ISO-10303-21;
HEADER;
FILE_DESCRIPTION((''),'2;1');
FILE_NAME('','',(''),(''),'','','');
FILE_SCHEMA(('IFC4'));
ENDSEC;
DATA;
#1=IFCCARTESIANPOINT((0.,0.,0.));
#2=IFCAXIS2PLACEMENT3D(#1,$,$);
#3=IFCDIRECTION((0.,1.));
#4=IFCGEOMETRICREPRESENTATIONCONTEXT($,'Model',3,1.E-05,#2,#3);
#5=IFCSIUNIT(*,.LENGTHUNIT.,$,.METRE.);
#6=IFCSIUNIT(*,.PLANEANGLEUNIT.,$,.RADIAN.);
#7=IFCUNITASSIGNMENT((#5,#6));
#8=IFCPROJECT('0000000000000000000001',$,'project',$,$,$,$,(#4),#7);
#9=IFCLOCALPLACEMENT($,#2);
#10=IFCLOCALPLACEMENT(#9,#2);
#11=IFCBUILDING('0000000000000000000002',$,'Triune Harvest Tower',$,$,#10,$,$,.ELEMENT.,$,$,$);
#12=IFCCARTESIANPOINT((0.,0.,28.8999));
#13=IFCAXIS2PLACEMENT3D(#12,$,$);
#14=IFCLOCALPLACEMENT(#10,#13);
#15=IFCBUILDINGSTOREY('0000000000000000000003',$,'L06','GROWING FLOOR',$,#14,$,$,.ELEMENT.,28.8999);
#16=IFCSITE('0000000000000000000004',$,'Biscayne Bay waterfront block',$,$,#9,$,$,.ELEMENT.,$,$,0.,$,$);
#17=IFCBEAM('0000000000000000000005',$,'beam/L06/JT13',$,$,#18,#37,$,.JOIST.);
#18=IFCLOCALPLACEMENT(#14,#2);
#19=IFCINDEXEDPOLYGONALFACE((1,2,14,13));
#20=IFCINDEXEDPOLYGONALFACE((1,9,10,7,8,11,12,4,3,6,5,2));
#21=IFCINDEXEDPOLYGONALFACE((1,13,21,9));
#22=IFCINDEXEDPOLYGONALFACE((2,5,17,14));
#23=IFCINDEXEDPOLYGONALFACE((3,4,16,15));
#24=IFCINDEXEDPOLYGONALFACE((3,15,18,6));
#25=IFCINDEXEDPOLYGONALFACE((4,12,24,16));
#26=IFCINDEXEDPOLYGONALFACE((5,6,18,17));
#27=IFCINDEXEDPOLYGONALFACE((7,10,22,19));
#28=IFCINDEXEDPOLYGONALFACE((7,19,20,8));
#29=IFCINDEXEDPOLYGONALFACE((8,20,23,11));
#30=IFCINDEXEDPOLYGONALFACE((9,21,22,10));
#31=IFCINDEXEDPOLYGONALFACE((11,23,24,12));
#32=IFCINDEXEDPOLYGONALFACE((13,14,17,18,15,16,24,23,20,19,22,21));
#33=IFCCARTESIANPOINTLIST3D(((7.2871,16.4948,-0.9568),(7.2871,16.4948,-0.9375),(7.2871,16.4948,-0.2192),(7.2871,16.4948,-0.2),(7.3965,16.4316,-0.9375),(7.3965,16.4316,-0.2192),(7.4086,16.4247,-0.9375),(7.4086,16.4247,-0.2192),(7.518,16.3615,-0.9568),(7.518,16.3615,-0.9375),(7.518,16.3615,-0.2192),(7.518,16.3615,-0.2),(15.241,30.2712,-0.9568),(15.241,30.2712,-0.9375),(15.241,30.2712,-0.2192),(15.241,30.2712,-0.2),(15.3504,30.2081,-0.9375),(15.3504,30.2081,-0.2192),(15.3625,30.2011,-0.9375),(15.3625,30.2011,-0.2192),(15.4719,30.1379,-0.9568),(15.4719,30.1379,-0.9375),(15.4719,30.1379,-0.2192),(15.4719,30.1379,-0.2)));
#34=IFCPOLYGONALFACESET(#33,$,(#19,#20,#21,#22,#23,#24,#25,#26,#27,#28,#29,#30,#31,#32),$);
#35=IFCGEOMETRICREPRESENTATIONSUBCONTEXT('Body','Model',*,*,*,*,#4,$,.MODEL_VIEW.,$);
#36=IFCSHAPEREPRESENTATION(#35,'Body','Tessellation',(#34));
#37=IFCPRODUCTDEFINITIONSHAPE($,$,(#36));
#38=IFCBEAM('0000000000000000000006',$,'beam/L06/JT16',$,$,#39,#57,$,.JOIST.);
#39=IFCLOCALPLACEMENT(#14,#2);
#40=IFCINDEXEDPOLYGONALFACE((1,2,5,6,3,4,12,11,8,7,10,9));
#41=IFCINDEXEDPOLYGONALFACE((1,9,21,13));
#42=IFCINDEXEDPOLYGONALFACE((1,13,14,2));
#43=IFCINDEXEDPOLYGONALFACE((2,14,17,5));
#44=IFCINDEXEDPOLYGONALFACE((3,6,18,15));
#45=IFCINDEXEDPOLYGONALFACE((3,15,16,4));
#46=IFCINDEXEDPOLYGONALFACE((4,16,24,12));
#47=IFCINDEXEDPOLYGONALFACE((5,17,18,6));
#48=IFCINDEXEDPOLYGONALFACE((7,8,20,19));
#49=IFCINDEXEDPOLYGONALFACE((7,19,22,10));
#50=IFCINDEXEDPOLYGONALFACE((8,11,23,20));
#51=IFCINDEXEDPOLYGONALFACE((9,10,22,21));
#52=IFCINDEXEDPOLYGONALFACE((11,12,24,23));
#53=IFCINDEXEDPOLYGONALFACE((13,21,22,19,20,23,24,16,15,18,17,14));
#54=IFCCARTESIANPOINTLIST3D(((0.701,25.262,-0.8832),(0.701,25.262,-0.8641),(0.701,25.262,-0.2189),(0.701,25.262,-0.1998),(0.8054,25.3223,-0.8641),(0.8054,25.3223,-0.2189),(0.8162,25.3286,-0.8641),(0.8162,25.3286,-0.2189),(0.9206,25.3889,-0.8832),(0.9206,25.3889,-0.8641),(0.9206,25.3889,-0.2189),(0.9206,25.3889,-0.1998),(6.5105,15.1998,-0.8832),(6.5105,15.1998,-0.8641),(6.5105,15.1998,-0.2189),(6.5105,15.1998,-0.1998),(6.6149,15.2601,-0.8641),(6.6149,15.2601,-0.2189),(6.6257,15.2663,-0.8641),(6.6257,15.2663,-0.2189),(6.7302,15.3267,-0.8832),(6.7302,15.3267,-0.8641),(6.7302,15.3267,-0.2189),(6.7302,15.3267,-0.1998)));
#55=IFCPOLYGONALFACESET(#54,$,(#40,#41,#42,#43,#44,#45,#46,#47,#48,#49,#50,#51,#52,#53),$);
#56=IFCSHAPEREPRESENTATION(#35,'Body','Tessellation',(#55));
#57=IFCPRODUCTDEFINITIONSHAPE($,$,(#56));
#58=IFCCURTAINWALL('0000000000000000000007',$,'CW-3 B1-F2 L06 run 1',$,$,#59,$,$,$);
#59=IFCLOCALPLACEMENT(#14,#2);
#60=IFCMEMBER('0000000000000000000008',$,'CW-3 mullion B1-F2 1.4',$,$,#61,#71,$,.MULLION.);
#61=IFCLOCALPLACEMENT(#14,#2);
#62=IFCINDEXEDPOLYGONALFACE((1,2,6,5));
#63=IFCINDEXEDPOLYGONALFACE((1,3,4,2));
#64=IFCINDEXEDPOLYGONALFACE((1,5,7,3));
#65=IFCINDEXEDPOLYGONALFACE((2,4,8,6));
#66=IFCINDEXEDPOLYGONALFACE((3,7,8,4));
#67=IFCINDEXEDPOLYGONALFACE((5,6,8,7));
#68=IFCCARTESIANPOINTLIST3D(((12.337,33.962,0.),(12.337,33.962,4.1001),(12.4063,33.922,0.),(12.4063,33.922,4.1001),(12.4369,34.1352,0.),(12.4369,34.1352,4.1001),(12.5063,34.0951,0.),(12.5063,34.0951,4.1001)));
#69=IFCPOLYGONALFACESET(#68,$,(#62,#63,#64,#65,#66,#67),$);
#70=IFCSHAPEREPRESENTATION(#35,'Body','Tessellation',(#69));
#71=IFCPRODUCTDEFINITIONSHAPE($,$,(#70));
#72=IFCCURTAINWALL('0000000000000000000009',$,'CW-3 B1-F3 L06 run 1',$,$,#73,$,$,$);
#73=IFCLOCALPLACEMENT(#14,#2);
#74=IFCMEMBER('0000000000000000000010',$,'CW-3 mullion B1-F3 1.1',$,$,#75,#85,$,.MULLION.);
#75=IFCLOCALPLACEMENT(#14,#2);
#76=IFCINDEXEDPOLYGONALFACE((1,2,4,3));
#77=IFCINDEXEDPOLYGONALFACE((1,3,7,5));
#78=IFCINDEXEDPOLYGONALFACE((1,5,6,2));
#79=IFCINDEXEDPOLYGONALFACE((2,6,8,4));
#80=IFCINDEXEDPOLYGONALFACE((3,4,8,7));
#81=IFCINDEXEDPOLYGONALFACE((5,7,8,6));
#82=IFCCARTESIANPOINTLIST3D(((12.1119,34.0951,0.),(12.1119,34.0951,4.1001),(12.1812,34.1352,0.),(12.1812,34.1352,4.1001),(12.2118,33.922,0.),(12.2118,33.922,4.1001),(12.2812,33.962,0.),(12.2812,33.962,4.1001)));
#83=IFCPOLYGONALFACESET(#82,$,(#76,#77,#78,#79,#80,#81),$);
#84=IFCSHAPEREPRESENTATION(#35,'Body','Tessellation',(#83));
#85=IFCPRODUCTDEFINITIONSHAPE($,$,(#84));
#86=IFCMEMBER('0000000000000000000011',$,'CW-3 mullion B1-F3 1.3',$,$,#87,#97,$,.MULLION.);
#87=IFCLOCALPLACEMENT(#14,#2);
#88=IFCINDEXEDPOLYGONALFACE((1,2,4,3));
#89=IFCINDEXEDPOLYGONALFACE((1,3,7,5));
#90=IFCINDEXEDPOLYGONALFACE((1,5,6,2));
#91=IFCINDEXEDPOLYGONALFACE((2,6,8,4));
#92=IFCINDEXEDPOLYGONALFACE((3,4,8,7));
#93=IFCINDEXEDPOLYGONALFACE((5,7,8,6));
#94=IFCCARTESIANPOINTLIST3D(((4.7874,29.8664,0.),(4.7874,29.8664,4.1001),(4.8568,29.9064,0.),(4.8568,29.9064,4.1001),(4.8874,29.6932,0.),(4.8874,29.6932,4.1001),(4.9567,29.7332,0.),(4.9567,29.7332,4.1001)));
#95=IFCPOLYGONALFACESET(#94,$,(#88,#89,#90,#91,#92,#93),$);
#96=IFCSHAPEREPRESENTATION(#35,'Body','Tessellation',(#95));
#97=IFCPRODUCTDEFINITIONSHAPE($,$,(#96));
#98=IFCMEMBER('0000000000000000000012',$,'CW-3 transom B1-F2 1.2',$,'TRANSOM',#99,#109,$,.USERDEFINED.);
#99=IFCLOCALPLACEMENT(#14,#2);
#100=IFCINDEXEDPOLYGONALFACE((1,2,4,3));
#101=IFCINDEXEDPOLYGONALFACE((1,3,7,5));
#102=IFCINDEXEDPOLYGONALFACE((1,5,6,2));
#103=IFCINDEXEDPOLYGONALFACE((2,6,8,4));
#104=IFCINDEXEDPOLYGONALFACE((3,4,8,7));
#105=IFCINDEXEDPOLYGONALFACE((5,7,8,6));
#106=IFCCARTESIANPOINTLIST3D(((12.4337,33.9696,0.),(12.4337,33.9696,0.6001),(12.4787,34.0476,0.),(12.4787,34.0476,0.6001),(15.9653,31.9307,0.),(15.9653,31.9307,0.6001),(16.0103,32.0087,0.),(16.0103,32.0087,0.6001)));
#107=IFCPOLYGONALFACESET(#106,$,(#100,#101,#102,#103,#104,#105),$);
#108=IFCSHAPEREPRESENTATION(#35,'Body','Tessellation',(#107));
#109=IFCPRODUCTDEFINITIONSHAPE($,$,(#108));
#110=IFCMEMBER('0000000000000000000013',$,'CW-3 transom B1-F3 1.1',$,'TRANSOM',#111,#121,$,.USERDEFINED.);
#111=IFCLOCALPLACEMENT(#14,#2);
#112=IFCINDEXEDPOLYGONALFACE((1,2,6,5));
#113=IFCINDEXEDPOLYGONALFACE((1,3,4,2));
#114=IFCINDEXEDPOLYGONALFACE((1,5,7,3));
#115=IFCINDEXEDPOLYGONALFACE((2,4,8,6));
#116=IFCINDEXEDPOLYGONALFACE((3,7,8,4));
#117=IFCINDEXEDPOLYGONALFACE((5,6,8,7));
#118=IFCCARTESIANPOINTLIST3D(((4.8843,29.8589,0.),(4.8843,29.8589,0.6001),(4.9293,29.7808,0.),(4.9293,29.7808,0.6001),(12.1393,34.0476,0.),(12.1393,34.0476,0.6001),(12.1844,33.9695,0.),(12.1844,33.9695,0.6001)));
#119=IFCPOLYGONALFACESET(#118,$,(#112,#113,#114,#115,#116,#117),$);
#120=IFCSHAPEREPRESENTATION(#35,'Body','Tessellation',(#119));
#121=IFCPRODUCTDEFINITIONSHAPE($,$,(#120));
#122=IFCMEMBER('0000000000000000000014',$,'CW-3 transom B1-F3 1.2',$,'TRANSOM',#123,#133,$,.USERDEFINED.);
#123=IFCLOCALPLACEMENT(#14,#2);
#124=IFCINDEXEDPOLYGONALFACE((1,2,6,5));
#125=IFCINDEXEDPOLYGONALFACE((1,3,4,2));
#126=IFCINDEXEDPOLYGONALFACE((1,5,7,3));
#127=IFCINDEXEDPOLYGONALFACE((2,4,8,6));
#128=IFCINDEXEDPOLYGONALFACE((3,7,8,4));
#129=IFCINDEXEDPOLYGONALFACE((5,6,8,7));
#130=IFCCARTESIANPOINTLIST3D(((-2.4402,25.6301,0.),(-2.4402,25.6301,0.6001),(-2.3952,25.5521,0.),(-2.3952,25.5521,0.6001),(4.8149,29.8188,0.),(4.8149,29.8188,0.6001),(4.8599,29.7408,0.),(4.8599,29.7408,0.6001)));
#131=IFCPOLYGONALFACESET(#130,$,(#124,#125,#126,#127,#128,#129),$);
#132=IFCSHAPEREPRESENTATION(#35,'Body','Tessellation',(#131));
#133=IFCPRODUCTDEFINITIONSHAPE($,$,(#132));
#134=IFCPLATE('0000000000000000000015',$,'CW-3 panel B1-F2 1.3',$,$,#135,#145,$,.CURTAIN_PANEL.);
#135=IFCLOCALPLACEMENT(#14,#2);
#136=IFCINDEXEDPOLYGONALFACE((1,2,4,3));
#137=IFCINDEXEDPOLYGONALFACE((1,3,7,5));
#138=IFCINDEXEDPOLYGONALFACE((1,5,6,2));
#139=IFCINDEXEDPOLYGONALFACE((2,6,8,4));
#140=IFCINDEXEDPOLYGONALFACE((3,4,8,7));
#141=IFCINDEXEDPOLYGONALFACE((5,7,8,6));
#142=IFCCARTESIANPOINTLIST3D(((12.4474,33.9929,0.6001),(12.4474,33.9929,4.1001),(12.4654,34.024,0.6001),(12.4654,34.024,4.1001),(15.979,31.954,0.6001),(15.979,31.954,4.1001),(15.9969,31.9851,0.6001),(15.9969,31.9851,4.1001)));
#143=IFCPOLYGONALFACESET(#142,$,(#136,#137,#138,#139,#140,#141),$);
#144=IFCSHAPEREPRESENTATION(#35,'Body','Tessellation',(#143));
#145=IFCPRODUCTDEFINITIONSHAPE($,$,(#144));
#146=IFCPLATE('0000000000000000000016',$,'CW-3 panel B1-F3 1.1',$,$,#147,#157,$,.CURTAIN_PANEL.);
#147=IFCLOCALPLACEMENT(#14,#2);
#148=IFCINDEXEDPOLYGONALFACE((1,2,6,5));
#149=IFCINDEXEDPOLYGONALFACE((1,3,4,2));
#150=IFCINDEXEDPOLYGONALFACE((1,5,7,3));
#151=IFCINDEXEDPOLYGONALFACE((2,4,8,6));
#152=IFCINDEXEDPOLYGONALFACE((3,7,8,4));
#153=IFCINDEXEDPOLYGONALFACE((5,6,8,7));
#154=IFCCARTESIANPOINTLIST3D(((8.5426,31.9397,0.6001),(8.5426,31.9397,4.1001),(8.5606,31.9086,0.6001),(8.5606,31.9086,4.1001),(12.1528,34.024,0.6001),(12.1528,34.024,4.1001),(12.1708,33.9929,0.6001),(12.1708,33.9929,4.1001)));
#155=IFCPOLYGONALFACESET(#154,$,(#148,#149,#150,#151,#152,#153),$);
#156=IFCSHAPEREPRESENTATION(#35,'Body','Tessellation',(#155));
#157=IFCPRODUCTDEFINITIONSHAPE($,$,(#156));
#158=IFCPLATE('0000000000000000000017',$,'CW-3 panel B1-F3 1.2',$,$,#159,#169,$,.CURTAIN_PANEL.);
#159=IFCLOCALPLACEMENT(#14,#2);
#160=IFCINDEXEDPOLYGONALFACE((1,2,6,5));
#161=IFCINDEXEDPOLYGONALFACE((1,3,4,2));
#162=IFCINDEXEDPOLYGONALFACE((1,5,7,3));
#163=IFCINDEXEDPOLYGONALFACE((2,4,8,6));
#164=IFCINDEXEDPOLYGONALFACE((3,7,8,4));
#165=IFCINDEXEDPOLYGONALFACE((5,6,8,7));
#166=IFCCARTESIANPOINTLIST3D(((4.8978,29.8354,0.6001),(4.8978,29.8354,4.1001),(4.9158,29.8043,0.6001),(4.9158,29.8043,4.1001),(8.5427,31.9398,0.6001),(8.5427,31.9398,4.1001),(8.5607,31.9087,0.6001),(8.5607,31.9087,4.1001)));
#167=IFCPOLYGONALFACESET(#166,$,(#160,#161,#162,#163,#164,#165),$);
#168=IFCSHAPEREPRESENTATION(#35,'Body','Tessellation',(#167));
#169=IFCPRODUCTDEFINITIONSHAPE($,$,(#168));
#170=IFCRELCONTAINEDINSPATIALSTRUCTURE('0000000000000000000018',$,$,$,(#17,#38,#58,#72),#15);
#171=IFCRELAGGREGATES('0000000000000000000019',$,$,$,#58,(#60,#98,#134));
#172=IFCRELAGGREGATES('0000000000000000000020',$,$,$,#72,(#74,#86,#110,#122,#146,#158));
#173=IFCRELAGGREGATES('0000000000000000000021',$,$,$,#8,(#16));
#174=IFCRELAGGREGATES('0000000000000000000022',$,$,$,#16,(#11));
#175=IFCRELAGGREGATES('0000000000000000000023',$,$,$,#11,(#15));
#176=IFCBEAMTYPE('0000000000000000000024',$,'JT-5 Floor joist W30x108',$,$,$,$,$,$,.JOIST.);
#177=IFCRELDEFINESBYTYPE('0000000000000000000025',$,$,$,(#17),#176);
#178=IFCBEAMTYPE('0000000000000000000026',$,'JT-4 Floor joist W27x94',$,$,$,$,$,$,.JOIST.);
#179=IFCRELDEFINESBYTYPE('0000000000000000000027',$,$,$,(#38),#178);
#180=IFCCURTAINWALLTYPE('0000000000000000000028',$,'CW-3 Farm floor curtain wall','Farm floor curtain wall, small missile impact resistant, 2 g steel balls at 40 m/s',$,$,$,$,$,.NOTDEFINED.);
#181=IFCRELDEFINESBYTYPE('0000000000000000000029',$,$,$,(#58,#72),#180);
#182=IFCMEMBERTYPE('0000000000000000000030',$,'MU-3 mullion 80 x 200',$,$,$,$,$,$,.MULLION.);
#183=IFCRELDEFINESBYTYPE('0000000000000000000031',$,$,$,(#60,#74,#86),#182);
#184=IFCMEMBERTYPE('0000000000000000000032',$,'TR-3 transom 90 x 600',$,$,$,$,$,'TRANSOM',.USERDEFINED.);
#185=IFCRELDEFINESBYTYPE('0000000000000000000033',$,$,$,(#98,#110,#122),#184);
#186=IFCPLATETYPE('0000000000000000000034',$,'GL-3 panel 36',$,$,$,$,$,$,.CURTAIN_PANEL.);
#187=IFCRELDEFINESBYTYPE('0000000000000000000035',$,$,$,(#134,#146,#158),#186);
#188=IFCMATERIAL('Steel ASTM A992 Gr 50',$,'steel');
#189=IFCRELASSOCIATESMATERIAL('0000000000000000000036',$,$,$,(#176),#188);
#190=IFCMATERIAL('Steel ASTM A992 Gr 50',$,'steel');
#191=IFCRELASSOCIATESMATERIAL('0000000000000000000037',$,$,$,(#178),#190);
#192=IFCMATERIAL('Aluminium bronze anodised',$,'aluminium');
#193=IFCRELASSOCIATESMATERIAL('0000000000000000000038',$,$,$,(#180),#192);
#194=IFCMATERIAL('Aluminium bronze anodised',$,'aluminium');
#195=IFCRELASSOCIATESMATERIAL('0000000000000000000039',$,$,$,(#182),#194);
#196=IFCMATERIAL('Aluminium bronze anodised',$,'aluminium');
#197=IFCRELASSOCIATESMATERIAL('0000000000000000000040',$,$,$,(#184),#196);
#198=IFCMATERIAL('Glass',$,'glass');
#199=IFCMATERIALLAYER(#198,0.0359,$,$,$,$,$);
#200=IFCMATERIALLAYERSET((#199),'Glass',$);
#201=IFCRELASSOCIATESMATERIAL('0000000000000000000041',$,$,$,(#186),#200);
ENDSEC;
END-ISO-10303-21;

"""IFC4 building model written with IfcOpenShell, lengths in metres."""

from ifc_helpers import new_model, si_unit, direction, frame, origin, origin_2d, place, context, subcontext, project, spatial, rectangle, i_section, extrude, source, transform, mapped, material, layer, layer_set, material_profile, profile_set, type_object, element, aggregate, save


model = new_model("IFC4")

# Units and contexts
model_context = context("Model", 3, precision=1e-05, world=origin(), true_north=direction((0.0, 1.0)))
body_context = subcontext(model_context, "Body", "Model", "MODEL_VIEW")
ifc_project = project(units=[si_unit("LENGTHUNIT", "METRE"), si_unit("PLANEANGLEUNIT", "RADIAN")], contexts=[model_context])

# Site, building, storey
site_placement = place(None, origin())
site = spatial("IfcSite", under=ifc_project, at=site_placement, Name="Biscayne Bay waterfront block", CompositionType="ELEMENT", RefElevation=0.0)
building_placement = place(site_placement, origin())
building = spatial("IfcBuilding", under=site, at=building_placement, Name="Triune Harvest Tower", CompositionType="ELEMENT")
storey_placement = place(building_placement, frame((0.0, 0.0, 28.8999)))
storey = spatial("IfcBuildingStorey", under=building, at=storey_placement, Name="L06", Description="GROWING FLOOR", CompositionType="ELEMENT", Elevation=28.8999)

# Beams
ifc_material_1 = material(Name="Steel ASTM A992 Gr 50", Category="steel")
ifc_material_profile_1 = material_profile(ifc_material_1, i_section(OverallWidth=0.2666, OverallDepth=0.7568, WebThickness=0.0139, FlangeThickness=0.0193, at=origin_2d()), Name="W30x108")
ifc_profile_set_1 = profile_set([ifc_material_profile_1], Name="Steel ASTM A992 Gr 50")
beam_type_1 = type_object("IfcBeamType", Name="JT-5 Floor joist W30x108", PredefinedType="JOIST", material=ifc_profile_set_1)
shared_shape_1 = source(origin(), body_context, "Body", "SweptSolid", [
    extrude(i_section(OverallWidth=0.2666, OverallDepth=0.7568, WebThickness=0.0139, FlangeThickness=0.0193, at=origin_2d()), origin(), (0.0, 0.0, 1.0), 15.9077),
])
beam_1_placement = place(storey_placement, frame((15.3564, 30.2046, -0.5784), z_axis=(-0.500003, -0.866024, 0.0), x_axis=(0.866024, -0.500003, 0.0)))
element("IfcBeam", 1, at=beam_1_placement, inside=storey, type_object=beam_type_1, Name="beam/L06/JT13", PredefinedType="JOIST", context=body_context, shape_type="MappedRepresentation", body=[
    mapped(shared_shape_1, transform((0.0, 0.0, 0.0), scale=1.0)),
])
ifc_material_2 = material(Name="Steel ASTM A992 Gr 50", Category="steel")
ifc_material_profile_2 = material_profile(ifc_material_2, i_section(OverallWidth=0.2537, OverallDepth=0.6833, WebThickness=0.0125, FlangeThickness=0.019, at=origin_2d()), Name="W27x94")
ifc_profile_set_2 = profile_set([ifc_material_profile_2], Name="Steel ASTM A992 Gr 50")
beam_type_2 = type_object("IfcBeamType", Name="JT-4 Floor joist W27x94", PredefinedType="JOIST", material=ifc_profile_set_2)
shared_shape_2 = source(origin(), body_context, "Body", "SweptSolid", [
    extrude(i_section(OverallWidth=0.2537, OverallDepth=0.6833, WebThickness=0.0125, FlangeThickness=0.019, at=origin_2d()), origin(), (0.0, 0.0, 1.0), 11.6189),
])
beam_2_placement = place(storey_placement, frame((0.8108, 25.3254, -0.5415), z_axis=(0.500008, -0.866021, 0.0), x_axis=(0.866021, 0.500008, 0.0)))
element("IfcBeam", 2, at=beam_2_placement, inside=storey, type_object=beam_type_2, Name="beam/L06/JT16", PredefinedType="JOIST", context=body_context, shape_type="MappedRepresentation", body=[
    mapped(shared_shape_2, transform((0.0, 0.0, 0.0), scale=1.0)),
])

# Curtain wall, member
ifc_material_3 = material(Name="Aluminium bronze anodised", Category="aluminium")
curtain_wall_type = type_object("IfcCurtainWallType", Name="CW-3 Farm floor curtain wall", Description="Farm floor curtain wall, small missile impact resistant, 2 g steel balls at 40 m/s", PredefinedType="NOTDEFINED", material=ifc_material_3)
curtain_wall_1_placement = place(storey_placement, origin())
curtain_wall_1 = element("IfcCurtainWall", 3, at=curtain_wall_1_placement, inside=storey, type_object=curtain_wall_type, Name="CW-3 B1-F2 L06 run 1")
ifc_material_4 = material(Name="Aluminium bronze anodised", Category="aluminium")
ifc_material_profile_3 = material_profile(ifc_material_4, rectangle(XDim=0.2, YDim=0.0801, at=origin_2d()), Name="MU-3 mullion 80 x 200")
ifc_profile_set_3 = profile_set([ifc_material_profile_3], Name="Aluminium bronze anodised")
member_type_1 = type_object("IfcMemberType", Name="MU-3 mullion 80 x 200", PredefinedType="MULLION", material=ifc_profile_set_3)
shared_shape_3 = source(origin(), body_context, "Body", "SweptSolid", [
    extrude(rectangle(XDim=0.2, YDim=0.0801, at=origin_2d()), origin(), (0.0, 0.0, 1.0), 4.1001),
])
member_1_placement = place(storey_placement, frame((12.4216, 34.0286, 0.0), z_axis=(0.0, 0.0, 1.0), x_axis=(-0.499999, -0.866026, 0.0)))
member_1 = element("IfcMember", 4, at=member_1_placement, type_object=member_type_1, Name="CW-3 mullion B1-F2 1.4", PredefinedType="MULLION", context=body_context, shape_type="MappedRepresentation", body=[
    mapped(shared_shape_3, transform((0.0, 0.0, 0.0), scale=1.0)),
])

# Curtain wall, members
curtain_wall_2_placement = place(storey_placement, origin())
curtain_wall_2 = element("IfcCurtainWall", 5, at=curtain_wall_2_placement, inside=storey, type_object=curtain_wall_type, Name="CW-3 B1-F3 L06 run 1")
member_2_placement = place(storey_placement, frame((12.1965, 34.0286, 0.0), z_axis=(0.0, 0.0, 1.0), x_axis=(0.500001, -0.866025, 0.0)))
member_2 = element("IfcMember", 6, at=member_2_placement, type_object=member_type_1, Name="CW-3 mullion B1-F3 1.1", PredefinedType="MULLION", context=body_context, shape_type="MappedRepresentation", body=[
    mapped(shared_shape_3, transform((0.0, 0.0, 0.0), scale=1.0)),
])
member_3_placement = place(storey_placement, frame((4.8721, 29.7998, 0.0), z_axis=(0.0, 0.0, 1.0), x_axis=(0.500001, -0.866025, 0.0)))
member_3 = element("IfcMember", 7, at=member_3_placement, type_object=member_type_1, Name="CW-3 mullion B1-F3 1.3", PredefinedType="MULLION", context=body_context, shape_type="MappedRepresentation", body=[
    mapped(shared_shape_3, transform((0.0, 0.0, 0.0), scale=1.0)),
])

# Members
ifc_material_5 = material(Name="Aluminium bronze anodised", Category="aluminium")
ifc_material_profile_4 = material_profile(ifc_material_5, rectangle(XDim=0.0901, YDim=0.6001, at=origin_2d()), Name="TR-3 transom 90 x 600")
ifc_profile_set_4 = profile_set([ifc_material_profile_4], Name="Aluminium bronze anodised")
member_type_2 = type_object("IfcMemberType", Name="TR-3 transom 90 x 600", ElementType="TRANSOM", PredefinedType="USERDEFINED", material=ifc_profile_set_4)
shared_shape_4 = source(origin(), body_context, "Body", "SweptSolid", [
    extrude(rectangle(XDim=0.0901, YDim=0.6001, at=origin_2d()), origin(), (0.0, 0.0, 1.0), 4.0779),
])
member_4_placement = place(storey_placement, frame((15.9878, 31.9697, 0.3), z_axis=(-0.866035, 0.499983, 0.0), x_axis=(-0.499983, -0.866035, 0.0)))
member_4 = element("IfcMember", 8, at=member_4_placement, type_object=member_type_2, Name="CW-3 transom B1-F2 1.2", ObjectType="TRANSOM", PredefinedType="USERDEFINED", context=body_context, shape_type="MappedRepresentation", body=[
    mapped(shared_shape_4, transform((0.0, 0.0, 0.0), scale=1.0)),
])
shared_shape_5 = source(origin(), body_context, "Body", "SweptSolid", [
    extrude(rectangle(XDim=0.0901, YDim=0.6001, at=origin_2d()), origin(), (0.0, 0.0, 1.0), 8.3774),
])
member_5_placement = place(storey_placement, frame((12.1619, 34.0085, 0.3), z_axis=(-0.866027, -0.499997, 0.0), x_axis=(0.499997, -0.866027, 0.0)))
member_5 = element("IfcMember", 9, at=member_5_placement, type_object=member_type_2, Name="CW-3 transom B1-F3 1.1", ObjectType="TRANSOM", PredefinedType="USERDEFINED", context=body_context, shape_type="MappedRepresentation", body=[
    mapped(shared_shape_5, transform((0.0, 0.0, 0.0), scale=1.0)),
])
member_6_placement = place(storey_placement, frame((4.8374, 29.7798, 0.3), z_axis=(-0.866027, -0.499997, 0.0), x_axis=(0.499997, -0.866027, 0.0)))
member_6 = element("IfcMember", 10, at=member_6_placement, type_object=member_type_2, Name="CW-3 transom B1-F3 1.2", ObjectType="TRANSOM", PredefinedType="USERDEFINED", context=body_context, shape_type="MappedRepresentation", body=[
    mapped(shared_shape_5, transform((0.0, 0.0, 0.0), scale=1.0)),
])

# Plates
ifc_material_6 = material(Name="Glass", Category="glass")
ifc_layer_1 = layer(ifc_material_6, 0.0359)
ifc_layer_set_1 = layer_set([ifc_layer_1], Name="Glass")
plate_type = type_object("IfcPlateType", Name="GL-3 panel 36", PredefinedType="CURTAIN_PANEL", material=ifc_layer_set_1)
shared_shape_6 = source(origin(), body_context, "Body", "SweptSolid", [
    extrude(rectangle(XDim=4.0779, YDim=0.0359, at=origin_2d()), origin(), (0.0, 0.0, 1.0), 3.5),
])
plate_1_placement = place(storey_placement, frame((14.2222, 32.989, 0.6001), z_axis=(0.0, 0.0, 1.0), x_axis=(-0.866026, 0.499999, 0.0)))
plate_1 = element("IfcPlate", 11, at=plate_1_placement, type_object=plate_type, Name="CW-3 panel B1-F2 1.3", PredefinedType="CURTAIN_PANEL", context=body_context, shape_type="MappedRepresentation", body=[
    mapped(shared_shape_6, transform((0.0, 0.0, 0.0), scale=1.0)),
])
aggregate(curtain_wall_1, [member_1, member_4, plate_1])
shared_shape_7 = source(origin(), body_context, "Body", "SweptSolid", [
    extrude(rectangle(XDim=4.1687, YDim=0.0359, at=origin_2d()), origin(), (0.0, 0.0, 1.0), 3.5),
])
plate_2_placement = place(storey_placement, frame((10.3567, 32.9663, 0.6001), z_axis=(0.0, 0.0, 1.0), x_axis=(-0.866025, -0.500001, 0.0)))
plate_2 = element("IfcPlate", 12, at=plate_2_placement, type_object=plate_type, Name="CW-3 panel B1-F3 1.1", PredefinedType="CURTAIN_PANEL", context=body_context, shape_type="MappedRepresentation", body=[
    mapped(shared_shape_7, transform((0.0, 0.0, 0.0), scale=1.0)),
])
shared_shape_8 = source(origin(), body_context, "Body", "SweptSolid", [
    extrude(rectangle(XDim=4.2087, YDim=0.0359, at=origin_2d()), origin(), (0.0, 0.0, 1.0), 3.5),
])
plate_3_placement = place(storey_placement, frame((6.7292, 30.8721, 0.6001), z_axis=(0.0, 0.0, 1.0), x_axis=(-0.866025, -0.500001, 0.0)))
plate_3 = element("IfcPlate", 13, at=plate_3_placement, type_object=plate_type, Name="CW-3 panel B1-F3 1.2", PredefinedType="CURTAIN_PANEL", context=body_context, shape_type="MappedRepresentation", body=[
    mapped(shared_shape_8, transform((0.0, 0.0, 0.0), scale=1.0)),
])
aggregate(curtain_wall_2, [member_2, member_3, member_5, member_6, plate_2, plate_3])

save(model, "model.ifc")
